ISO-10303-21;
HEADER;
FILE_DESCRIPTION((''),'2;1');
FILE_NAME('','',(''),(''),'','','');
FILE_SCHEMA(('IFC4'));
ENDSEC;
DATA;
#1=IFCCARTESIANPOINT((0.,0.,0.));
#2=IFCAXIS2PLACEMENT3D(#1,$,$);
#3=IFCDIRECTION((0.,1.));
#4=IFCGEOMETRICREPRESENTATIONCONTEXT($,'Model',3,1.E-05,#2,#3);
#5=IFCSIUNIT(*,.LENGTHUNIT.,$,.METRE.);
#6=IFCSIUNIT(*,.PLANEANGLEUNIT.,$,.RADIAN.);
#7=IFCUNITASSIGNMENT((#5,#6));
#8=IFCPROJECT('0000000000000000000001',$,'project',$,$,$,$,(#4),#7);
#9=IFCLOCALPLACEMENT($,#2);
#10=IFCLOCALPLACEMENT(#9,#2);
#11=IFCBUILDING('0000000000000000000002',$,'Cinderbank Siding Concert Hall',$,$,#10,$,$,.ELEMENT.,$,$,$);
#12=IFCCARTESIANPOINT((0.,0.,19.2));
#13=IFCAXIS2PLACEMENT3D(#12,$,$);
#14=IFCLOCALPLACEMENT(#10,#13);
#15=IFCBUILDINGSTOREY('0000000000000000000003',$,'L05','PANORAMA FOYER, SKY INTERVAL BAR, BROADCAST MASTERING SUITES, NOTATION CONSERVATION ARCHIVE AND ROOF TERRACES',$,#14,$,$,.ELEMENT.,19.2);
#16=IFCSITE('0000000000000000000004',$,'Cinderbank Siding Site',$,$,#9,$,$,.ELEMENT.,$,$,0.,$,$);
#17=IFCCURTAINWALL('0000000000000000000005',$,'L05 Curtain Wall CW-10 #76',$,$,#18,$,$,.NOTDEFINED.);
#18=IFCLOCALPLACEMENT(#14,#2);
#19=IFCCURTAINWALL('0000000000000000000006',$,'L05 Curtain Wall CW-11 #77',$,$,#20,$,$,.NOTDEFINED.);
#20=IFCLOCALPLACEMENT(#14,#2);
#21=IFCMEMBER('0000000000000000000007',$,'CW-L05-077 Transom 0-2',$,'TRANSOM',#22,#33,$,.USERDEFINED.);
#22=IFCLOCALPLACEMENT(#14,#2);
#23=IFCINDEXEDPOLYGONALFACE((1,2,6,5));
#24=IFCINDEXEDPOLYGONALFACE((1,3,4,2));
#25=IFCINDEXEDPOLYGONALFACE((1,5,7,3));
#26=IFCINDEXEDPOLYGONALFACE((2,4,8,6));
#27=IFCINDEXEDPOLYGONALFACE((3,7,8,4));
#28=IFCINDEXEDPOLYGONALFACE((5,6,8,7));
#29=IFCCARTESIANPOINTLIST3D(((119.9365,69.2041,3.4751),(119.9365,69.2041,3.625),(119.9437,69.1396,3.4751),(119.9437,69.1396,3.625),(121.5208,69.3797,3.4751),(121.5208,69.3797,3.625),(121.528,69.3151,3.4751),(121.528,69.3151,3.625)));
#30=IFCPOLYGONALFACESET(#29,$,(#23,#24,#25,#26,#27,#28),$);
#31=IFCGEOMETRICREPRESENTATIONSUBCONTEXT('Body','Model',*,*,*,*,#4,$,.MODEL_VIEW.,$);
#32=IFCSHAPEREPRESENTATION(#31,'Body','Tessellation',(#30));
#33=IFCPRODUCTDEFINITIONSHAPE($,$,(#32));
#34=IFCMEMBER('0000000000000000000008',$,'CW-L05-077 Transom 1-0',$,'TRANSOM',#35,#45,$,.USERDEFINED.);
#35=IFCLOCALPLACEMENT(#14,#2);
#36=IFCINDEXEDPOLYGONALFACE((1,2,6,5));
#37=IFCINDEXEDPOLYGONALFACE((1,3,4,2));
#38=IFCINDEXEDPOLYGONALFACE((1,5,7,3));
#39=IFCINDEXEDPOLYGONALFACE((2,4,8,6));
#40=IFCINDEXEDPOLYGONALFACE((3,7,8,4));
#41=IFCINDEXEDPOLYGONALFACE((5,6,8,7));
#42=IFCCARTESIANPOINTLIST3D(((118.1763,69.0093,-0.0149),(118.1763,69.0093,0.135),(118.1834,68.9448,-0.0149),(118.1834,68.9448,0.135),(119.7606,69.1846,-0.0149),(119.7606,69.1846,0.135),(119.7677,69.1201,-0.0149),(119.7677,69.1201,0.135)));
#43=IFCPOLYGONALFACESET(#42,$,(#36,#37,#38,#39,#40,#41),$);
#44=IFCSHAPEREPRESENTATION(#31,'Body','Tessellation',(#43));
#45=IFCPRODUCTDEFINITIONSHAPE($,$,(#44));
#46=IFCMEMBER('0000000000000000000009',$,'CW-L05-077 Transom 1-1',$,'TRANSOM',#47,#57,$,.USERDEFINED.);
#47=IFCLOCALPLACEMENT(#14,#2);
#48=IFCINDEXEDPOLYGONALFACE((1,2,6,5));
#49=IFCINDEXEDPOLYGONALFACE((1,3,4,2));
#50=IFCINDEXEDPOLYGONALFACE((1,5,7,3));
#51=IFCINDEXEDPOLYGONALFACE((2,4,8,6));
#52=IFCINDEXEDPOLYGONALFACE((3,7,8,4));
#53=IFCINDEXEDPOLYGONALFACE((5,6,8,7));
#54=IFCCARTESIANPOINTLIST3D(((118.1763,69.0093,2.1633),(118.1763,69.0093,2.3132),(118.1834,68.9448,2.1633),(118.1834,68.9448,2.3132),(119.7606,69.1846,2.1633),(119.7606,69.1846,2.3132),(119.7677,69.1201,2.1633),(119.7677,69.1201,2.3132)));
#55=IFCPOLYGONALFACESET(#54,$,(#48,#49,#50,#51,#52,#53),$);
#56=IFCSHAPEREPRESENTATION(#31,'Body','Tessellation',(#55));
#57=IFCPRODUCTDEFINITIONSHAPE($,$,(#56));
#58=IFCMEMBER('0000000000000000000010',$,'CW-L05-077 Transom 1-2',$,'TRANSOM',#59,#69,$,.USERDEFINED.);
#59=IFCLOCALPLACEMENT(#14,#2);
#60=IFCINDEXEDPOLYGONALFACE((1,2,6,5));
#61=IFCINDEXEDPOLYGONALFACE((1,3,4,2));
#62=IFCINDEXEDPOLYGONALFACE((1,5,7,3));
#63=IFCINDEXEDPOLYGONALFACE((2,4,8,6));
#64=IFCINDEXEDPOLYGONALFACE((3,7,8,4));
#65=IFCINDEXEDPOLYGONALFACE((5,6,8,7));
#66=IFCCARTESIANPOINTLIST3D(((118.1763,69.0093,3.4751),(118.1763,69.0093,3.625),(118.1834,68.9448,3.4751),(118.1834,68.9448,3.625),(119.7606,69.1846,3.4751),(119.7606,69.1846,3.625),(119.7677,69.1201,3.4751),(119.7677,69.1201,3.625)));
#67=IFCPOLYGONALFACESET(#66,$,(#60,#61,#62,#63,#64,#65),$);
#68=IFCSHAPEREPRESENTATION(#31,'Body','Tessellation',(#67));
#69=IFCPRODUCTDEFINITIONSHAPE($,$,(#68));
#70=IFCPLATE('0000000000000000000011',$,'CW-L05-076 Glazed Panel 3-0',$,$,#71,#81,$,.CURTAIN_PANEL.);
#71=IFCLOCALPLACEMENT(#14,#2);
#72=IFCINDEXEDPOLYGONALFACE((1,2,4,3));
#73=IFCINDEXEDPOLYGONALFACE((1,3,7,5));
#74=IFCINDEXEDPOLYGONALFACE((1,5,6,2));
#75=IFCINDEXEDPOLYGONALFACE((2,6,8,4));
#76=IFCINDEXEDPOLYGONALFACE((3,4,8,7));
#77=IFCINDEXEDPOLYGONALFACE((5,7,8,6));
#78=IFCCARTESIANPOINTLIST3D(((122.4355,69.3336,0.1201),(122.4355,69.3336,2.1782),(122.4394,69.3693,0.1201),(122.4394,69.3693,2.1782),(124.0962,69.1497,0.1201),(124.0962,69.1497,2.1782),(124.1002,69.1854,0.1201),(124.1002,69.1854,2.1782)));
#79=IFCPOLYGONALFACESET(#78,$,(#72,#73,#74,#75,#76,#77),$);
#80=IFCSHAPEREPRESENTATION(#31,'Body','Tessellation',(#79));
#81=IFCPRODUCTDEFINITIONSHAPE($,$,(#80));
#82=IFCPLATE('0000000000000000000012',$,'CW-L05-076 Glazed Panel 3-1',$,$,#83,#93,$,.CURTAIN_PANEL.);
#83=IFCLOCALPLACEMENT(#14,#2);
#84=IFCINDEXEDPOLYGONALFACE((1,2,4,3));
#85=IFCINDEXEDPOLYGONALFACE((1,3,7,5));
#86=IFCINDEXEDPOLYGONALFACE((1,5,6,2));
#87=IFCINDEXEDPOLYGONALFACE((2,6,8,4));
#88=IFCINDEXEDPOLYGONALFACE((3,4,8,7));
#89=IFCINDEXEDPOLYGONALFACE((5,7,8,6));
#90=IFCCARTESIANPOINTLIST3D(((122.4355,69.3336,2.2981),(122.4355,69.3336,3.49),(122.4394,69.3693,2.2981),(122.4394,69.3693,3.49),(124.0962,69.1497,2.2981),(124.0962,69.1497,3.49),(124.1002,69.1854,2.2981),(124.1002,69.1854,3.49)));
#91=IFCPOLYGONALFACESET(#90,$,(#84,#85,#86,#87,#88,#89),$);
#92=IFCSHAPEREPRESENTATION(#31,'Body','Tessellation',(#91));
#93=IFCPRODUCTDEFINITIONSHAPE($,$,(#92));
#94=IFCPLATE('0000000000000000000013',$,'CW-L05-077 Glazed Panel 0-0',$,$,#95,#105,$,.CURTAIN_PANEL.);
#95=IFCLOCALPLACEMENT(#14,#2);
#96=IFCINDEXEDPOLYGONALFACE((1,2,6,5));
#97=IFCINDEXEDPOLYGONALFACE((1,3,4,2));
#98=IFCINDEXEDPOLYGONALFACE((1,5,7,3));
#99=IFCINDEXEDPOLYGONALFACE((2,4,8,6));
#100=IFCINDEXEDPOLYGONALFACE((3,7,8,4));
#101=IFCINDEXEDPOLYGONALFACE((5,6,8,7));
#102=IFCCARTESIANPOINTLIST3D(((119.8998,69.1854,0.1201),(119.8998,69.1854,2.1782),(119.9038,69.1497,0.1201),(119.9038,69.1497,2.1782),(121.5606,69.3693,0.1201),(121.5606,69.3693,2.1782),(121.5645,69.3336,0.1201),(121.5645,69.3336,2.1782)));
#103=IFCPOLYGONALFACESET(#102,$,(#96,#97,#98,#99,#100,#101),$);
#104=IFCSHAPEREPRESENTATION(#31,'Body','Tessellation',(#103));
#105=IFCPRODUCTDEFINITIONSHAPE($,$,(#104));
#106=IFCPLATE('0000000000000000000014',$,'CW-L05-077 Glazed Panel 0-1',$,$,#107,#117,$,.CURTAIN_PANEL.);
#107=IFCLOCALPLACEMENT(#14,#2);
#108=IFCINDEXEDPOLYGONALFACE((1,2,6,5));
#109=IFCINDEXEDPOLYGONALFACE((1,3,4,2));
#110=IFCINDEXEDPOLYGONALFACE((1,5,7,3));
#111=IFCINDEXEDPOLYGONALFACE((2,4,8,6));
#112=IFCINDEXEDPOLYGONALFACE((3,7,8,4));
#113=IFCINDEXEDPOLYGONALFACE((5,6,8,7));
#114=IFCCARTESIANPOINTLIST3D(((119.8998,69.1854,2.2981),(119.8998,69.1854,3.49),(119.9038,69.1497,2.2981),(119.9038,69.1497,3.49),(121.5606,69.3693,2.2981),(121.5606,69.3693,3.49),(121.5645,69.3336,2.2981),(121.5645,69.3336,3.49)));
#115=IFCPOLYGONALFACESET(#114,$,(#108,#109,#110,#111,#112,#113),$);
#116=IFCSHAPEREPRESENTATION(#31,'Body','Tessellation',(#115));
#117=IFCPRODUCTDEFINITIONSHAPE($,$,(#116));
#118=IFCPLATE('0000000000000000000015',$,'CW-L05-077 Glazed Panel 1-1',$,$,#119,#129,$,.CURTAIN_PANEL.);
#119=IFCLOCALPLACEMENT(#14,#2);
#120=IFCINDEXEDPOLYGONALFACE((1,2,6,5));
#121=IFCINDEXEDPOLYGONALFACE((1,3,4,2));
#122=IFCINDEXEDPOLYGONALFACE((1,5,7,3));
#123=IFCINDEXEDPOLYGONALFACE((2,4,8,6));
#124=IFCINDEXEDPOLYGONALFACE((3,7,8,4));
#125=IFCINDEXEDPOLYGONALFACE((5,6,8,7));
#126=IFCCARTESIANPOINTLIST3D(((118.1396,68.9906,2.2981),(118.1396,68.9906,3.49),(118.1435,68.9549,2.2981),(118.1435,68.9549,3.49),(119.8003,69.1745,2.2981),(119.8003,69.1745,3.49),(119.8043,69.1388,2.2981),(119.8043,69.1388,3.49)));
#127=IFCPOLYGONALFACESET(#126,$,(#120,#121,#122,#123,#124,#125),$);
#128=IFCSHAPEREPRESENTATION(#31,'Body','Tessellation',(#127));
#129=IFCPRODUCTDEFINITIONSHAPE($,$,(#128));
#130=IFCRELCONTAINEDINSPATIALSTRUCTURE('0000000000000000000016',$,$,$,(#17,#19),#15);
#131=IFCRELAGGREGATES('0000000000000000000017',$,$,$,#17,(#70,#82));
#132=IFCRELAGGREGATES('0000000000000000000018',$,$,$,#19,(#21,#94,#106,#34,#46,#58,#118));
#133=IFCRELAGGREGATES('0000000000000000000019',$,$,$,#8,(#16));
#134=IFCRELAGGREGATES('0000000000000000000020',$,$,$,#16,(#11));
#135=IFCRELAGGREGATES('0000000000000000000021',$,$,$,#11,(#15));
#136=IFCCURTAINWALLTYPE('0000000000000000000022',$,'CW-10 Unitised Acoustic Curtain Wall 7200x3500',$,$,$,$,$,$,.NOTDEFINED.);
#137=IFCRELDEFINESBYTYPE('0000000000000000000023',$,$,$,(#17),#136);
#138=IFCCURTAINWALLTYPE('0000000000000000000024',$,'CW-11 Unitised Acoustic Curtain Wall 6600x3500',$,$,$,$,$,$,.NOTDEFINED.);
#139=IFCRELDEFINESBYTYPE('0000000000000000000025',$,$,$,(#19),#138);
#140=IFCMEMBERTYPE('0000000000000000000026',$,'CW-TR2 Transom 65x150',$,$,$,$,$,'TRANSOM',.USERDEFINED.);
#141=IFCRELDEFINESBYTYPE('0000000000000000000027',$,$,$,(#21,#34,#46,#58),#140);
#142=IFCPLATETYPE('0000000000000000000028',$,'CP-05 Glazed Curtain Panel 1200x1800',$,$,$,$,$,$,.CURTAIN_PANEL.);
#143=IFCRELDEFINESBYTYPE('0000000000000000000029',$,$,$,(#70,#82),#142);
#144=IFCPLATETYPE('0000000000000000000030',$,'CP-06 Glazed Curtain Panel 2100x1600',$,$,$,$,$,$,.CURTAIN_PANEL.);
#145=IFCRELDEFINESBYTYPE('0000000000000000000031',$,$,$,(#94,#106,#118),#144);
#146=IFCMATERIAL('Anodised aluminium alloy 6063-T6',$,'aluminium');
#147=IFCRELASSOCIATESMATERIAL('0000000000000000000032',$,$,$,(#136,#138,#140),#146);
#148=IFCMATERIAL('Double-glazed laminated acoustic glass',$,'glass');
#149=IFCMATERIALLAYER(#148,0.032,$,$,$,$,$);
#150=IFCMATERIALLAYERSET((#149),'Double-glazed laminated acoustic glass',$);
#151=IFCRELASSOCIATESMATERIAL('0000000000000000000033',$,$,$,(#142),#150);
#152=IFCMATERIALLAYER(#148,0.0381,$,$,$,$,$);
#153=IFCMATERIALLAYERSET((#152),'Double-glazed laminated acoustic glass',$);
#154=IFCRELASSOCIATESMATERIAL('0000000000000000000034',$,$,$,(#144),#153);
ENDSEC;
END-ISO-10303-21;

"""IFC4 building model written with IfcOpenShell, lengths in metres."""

from ifc_helpers import new_model, si_unit, direction, frame, origin, origin_2d, place, context, subcontext, project, spatial, rectangle, extrude, material, layer, layer_set, material_profile, profile_set, type_object, element, aggregate, save


model = new_model("IFC4")

# Units and contexts
model_context = context("Model", 3, precision=1e-05, world=origin(), true_north=direction((0.0, 1.0)))
body_context = subcontext(model_context, "Body", "Model", "MODEL_VIEW")
ifc_project = project(units=[si_unit("LENGTHUNIT", "METRE"), si_unit("PLANEANGLEUNIT", "RADIAN")], contexts=[model_context])

# Site, building, storey
site_placement = place(None, origin())
site = spatial("IfcSite", under=ifc_project, at=site_placement, Name="Cinderbank Siding Site", CompositionType="ELEMENT", RefElevation=0.0)
building_placement = place(site_placement, origin())
building = spatial("IfcBuilding", under=site, at=building_placement, Name="Cinderbank Siding Concert Hall", CompositionType="ELEMENT")
storey_placement = place(building_placement, frame((0.0, 0.0, 19.2)))
storey = spatial("IfcBuildingStorey", under=building, at=storey_placement, Name="L05", Description="PANORAMA FOYER, SKY INTERVAL BAR, BROADCAST MASTERING SUITES, NOTATION CONSERVATION ARCHIVE AND ROOF TERRACES", CompositionType="ELEMENT", Elevation=19.2)

# Curtain walls
ifc_material_1 = material(Name="Anodised aluminium alloy 6063-T6", Category="aluminium")
curtain_wall_type_1 = type_object("IfcCurtainWallType", Name="CW-10 Unitised Acoustic Curtain Wall 7200x3500", PredefinedType="NOTDEFINED", material=ifc_material_1)
curtain_wall_1_placement = place(storey_placement, origin())
curtain_wall_1 = element("IfcCurtainWall", 1, at=curtain_wall_1_placement, inside=storey, type_object=curtain_wall_type_1, Name="L05 Curtain Wall CW-10 #76", PredefinedType="NOTDEFINED")
curtain_wall_type_2 = type_object("IfcCurtainWallType", Name="CW-11 Unitised Acoustic Curtain Wall 6600x3500", PredefinedType="NOTDEFINED", material=ifc_material_1)
curtain_wall_2_placement = place(storey_placement, origin())
curtain_wall_2 = element("IfcCurtainWall", 2, at=curtain_wall_2_placement, inside=storey, type_object=curtain_wall_type_2, Name="L05 Curtain Wall CW-11 #77", PredefinedType="NOTDEFINED")

# Members
ifc_material_profile_1 = material_profile(ifc_material_1, rectangle(XDim=0.0649, YDim=0.1499, at=origin_2d()), Name="ALU-TRAN-65x150", Category="LoadBearing")
ifc_profile_set_1 = profile_set([ifc_material_profile_1], Name="Anodised aluminium alloy 6063-T6")
member_type_1 = type_object("IfcMemberType", Name="CW-TR2 Transom 65x150", ElementType="TRANSOM", PredefinedType="USERDEFINED", material=ifc_profile_set_1)
member_1_placement = place(storey_placement, frame((121.5244, 69.3474, 3.55), z_axis=(-0.993917, -0.110129, 0.0), x_axis=(0.110129, -0.993917, 0.0)))
member_1 = element("IfcMember", 3, at=member_1_placement, type_object=member_type_1, Name="CW-L05-077 Transom 0-2", ObjectType="TRANSOM", PredefinedType="USERDEFINED", context=body_context, shape_type="SweptSolid", body=[
    extrude(rectangle(XDim=0.0649, YDim=0.1499, at=origin_2d()), origin(), (0.0, 0.0, 1.0), 1.594),
])
member_2_placement = place(storey_placement, frame((119.7642, 69.1523, 0.0601), z_axis=(-0.993934, -0.109978, 0.0), x_axis=(0.109978, -0.993934, 0.0)))
member_2 = element("IfcMember", 4, at=member_2_placement, type_object=member_type_1, Name="CW-L05-077 Transom 1-0", ObjectType="TRANSOM", PredefinedType="USERDEFINED", context=body_context, shape_type="SweptSolid", body=[
    extrude(rectangle(XDim=0.0649, YDim=0.1499, at=origin_2d()), origin(), (0.0, 0.0, 1.0), 1.594),
])
member_3_placement = place(storey_placement, frame((119.7642, 69.1523, 2.2383), z_axis=(-0.993934, -0.109978, 0.0), x_axis=(0.109978, -0.993934, 0.0)))
member_3 = element("IfcMember", 5, at=member_3_placement, type_object=member_type_1, Name="CW-L05-077 Transom 1-1", ObjectType="TRANSOM", PredefinedType="USERDEFINED", context=body_context, shape_type="SweptSolid", body=[
    extrude(rectangle(XDim=0.0649, YDim=0.1499, at=origin_2d()), origin(), (0.0, 0.0, 1.0), 1.594),
])
member_4_placement = place(storey_placement, frame((119.7642, 69.1523, 3.55), z_axis=(-0.993934, -0.109978, 0.0), x_axis=(0.109978, -0.993934, 0.0)))
member_4 = element("IfcMember", 6, at=member_4_placement, type_object=member_type_1, Name="CW-L05-077 Transom 1-2", ObjectType="TRANSOM", PredefinedType="USERDEFINED", context=body_context, shape_type="SweptSolid", body=[
    extrude(rectangle(XDim=0.0649, YDim=0.1499, at=origin_2d()), origin(), (0.0, 0.0, 1.0), 1.594),
])

# Plates
ifc_material_2 = material(Name="Double-glazed laminated acoustic glass", Category="glass")
ifc_layer_1 = layer(ifc_material_2, 0.032)
ifc_layer_set_1 = layer_set([ifc_layer_1], Name="Double-glazed laminated acoustic glass")
plate_type_1 = type_object("IfcPlateType", Name="CP-05 Glazed Curtain Panel 1200x1800", PredefinedType="CURTAIN_PANEL", material=ifc_layer_set_1)
plate_1_placement = place(storey_placement, frame((123.2678, 69.2595, 0.1201), z_axis=(0.0, 0.0, 1.0), x_axis=(-0.993925, 0.110057, 0.0)))
plate_1 = element("IfcPlate", 7, at=plate_1_placement, type_object=plate_type_1, Name="CW-L05-076 Glazed Panel 3-0", PredefinedType="CURTAIN_PANEL", context=body_context, shape_type="SweptSolid", body=[
    extrude(rectangle(XDim=1.6709, YDim=0.0359, at=origin_2d()), origin(), (0.0, 0.0, 1.0), 2.0581),
])
plate_2_placement = place(storey_placement, frame((123.2678, 69.2595, 2.2981), z_axis=(0.0, 0.0, 1.0), x_axis=(-0.993925, 0.110057, 0.0)))
plate_2 = element("IfcPlate", 8, at=plate_2_placement, type_object=plate_type_1, Name="CW-L05-076 Glazed Panel 3-1", PredefinedType="CURTAIN_PANEL", context=body_context, shape_type="SweptSolid", body=[
    extrude(rectangle(XDim=1.6709, YDim=0.0359, at=origin_2d()), origin(), (0.0, 0.0, 1.0), 1.1919),
])
aggregate(curtain_wall_1, [plate_1, plate_2])
ifc_layer_2 = layer(ifc_material_2, 0.0381)
ifc_layer_set_2 = layer_set([ifc_layer_2], Name="Double-glazed laminated acoustic glass")
plate_type_2 = type_object("IfcPlateType", Name="CP-06 Glazed Curtain Panel 2100x1600", PredefinedType="CURTAIN_PANEL", material=ifc_layer_set_2)
plate_3_placement = place(storey_placement, frame((120.7322, 69.2595, 0.1201), z_axis=(0.0, 0.0, 1.0), x_axis=(-0.993925, -0.110057, 0.0)))
plate_3 = element("IfcPlate", 9, at=plate_3_placement, type_object=plate_type_2, Name="CW-L05-077 Glazed Panel 0-0", PredefinedType="CURTAIN_PANEL", context=body_context, shape_type="SweptSolid", body=[
    extrude(rectangle(XDim=1.6709, YDim=0.0359, at=origin_2d()), origin(), (0.0, 0.0, 1.0), 2.0581),
])
plate_4_placement = place(storey_placement, frame((120.7322, 69.2595, 2.2981), z_axis=(0.0, 0.0, 1.0), x_axis=(-0.993925, -0.110057, 0.0)))
plate_4 = element("IfcPlate", 10, at=plate_4_placement, type_object=plate_type_2, Name="CW-L05-077 Glazed Panel 0-1", PredefinedType="CURTAIN_PANEL", context=body_context, shape_type="SweptSolid", body=[
    extrude(rectangle(XDim=1.6709, YDim=0.0359, at=origin_2d()), origin(), (0.0, 0.0, 1.0), 1.1919),
])
plate_5_placement = place(storey_placement, frame((118.9719, 69.0647, 2.2981), z_axis=(0.0, 0.0, 1.0), x_axis=(-0.993925, -0.110057, 0.0)))
plate_5 = element("IfcPlate", 11, at=plate_5_placement, type_object=plate_type_2, Name="CW-L05-077 Glazed Panel 1-1", PredefinedType="CURTAIN_PANEL", context=body_context, shape_type="SweptSolid", body=[
    extrude(rectangle(XDim=1.6709, YDim=0.0359, at=origin_2d()), origin(), (0.0, 0.0, 1.0), 1.1919),
])
aggregate(curtain_wall_2, [member_1, plate_3, plate_4, member_2, member_3, member_4, plate_5])

save(model, "model.ifc")
